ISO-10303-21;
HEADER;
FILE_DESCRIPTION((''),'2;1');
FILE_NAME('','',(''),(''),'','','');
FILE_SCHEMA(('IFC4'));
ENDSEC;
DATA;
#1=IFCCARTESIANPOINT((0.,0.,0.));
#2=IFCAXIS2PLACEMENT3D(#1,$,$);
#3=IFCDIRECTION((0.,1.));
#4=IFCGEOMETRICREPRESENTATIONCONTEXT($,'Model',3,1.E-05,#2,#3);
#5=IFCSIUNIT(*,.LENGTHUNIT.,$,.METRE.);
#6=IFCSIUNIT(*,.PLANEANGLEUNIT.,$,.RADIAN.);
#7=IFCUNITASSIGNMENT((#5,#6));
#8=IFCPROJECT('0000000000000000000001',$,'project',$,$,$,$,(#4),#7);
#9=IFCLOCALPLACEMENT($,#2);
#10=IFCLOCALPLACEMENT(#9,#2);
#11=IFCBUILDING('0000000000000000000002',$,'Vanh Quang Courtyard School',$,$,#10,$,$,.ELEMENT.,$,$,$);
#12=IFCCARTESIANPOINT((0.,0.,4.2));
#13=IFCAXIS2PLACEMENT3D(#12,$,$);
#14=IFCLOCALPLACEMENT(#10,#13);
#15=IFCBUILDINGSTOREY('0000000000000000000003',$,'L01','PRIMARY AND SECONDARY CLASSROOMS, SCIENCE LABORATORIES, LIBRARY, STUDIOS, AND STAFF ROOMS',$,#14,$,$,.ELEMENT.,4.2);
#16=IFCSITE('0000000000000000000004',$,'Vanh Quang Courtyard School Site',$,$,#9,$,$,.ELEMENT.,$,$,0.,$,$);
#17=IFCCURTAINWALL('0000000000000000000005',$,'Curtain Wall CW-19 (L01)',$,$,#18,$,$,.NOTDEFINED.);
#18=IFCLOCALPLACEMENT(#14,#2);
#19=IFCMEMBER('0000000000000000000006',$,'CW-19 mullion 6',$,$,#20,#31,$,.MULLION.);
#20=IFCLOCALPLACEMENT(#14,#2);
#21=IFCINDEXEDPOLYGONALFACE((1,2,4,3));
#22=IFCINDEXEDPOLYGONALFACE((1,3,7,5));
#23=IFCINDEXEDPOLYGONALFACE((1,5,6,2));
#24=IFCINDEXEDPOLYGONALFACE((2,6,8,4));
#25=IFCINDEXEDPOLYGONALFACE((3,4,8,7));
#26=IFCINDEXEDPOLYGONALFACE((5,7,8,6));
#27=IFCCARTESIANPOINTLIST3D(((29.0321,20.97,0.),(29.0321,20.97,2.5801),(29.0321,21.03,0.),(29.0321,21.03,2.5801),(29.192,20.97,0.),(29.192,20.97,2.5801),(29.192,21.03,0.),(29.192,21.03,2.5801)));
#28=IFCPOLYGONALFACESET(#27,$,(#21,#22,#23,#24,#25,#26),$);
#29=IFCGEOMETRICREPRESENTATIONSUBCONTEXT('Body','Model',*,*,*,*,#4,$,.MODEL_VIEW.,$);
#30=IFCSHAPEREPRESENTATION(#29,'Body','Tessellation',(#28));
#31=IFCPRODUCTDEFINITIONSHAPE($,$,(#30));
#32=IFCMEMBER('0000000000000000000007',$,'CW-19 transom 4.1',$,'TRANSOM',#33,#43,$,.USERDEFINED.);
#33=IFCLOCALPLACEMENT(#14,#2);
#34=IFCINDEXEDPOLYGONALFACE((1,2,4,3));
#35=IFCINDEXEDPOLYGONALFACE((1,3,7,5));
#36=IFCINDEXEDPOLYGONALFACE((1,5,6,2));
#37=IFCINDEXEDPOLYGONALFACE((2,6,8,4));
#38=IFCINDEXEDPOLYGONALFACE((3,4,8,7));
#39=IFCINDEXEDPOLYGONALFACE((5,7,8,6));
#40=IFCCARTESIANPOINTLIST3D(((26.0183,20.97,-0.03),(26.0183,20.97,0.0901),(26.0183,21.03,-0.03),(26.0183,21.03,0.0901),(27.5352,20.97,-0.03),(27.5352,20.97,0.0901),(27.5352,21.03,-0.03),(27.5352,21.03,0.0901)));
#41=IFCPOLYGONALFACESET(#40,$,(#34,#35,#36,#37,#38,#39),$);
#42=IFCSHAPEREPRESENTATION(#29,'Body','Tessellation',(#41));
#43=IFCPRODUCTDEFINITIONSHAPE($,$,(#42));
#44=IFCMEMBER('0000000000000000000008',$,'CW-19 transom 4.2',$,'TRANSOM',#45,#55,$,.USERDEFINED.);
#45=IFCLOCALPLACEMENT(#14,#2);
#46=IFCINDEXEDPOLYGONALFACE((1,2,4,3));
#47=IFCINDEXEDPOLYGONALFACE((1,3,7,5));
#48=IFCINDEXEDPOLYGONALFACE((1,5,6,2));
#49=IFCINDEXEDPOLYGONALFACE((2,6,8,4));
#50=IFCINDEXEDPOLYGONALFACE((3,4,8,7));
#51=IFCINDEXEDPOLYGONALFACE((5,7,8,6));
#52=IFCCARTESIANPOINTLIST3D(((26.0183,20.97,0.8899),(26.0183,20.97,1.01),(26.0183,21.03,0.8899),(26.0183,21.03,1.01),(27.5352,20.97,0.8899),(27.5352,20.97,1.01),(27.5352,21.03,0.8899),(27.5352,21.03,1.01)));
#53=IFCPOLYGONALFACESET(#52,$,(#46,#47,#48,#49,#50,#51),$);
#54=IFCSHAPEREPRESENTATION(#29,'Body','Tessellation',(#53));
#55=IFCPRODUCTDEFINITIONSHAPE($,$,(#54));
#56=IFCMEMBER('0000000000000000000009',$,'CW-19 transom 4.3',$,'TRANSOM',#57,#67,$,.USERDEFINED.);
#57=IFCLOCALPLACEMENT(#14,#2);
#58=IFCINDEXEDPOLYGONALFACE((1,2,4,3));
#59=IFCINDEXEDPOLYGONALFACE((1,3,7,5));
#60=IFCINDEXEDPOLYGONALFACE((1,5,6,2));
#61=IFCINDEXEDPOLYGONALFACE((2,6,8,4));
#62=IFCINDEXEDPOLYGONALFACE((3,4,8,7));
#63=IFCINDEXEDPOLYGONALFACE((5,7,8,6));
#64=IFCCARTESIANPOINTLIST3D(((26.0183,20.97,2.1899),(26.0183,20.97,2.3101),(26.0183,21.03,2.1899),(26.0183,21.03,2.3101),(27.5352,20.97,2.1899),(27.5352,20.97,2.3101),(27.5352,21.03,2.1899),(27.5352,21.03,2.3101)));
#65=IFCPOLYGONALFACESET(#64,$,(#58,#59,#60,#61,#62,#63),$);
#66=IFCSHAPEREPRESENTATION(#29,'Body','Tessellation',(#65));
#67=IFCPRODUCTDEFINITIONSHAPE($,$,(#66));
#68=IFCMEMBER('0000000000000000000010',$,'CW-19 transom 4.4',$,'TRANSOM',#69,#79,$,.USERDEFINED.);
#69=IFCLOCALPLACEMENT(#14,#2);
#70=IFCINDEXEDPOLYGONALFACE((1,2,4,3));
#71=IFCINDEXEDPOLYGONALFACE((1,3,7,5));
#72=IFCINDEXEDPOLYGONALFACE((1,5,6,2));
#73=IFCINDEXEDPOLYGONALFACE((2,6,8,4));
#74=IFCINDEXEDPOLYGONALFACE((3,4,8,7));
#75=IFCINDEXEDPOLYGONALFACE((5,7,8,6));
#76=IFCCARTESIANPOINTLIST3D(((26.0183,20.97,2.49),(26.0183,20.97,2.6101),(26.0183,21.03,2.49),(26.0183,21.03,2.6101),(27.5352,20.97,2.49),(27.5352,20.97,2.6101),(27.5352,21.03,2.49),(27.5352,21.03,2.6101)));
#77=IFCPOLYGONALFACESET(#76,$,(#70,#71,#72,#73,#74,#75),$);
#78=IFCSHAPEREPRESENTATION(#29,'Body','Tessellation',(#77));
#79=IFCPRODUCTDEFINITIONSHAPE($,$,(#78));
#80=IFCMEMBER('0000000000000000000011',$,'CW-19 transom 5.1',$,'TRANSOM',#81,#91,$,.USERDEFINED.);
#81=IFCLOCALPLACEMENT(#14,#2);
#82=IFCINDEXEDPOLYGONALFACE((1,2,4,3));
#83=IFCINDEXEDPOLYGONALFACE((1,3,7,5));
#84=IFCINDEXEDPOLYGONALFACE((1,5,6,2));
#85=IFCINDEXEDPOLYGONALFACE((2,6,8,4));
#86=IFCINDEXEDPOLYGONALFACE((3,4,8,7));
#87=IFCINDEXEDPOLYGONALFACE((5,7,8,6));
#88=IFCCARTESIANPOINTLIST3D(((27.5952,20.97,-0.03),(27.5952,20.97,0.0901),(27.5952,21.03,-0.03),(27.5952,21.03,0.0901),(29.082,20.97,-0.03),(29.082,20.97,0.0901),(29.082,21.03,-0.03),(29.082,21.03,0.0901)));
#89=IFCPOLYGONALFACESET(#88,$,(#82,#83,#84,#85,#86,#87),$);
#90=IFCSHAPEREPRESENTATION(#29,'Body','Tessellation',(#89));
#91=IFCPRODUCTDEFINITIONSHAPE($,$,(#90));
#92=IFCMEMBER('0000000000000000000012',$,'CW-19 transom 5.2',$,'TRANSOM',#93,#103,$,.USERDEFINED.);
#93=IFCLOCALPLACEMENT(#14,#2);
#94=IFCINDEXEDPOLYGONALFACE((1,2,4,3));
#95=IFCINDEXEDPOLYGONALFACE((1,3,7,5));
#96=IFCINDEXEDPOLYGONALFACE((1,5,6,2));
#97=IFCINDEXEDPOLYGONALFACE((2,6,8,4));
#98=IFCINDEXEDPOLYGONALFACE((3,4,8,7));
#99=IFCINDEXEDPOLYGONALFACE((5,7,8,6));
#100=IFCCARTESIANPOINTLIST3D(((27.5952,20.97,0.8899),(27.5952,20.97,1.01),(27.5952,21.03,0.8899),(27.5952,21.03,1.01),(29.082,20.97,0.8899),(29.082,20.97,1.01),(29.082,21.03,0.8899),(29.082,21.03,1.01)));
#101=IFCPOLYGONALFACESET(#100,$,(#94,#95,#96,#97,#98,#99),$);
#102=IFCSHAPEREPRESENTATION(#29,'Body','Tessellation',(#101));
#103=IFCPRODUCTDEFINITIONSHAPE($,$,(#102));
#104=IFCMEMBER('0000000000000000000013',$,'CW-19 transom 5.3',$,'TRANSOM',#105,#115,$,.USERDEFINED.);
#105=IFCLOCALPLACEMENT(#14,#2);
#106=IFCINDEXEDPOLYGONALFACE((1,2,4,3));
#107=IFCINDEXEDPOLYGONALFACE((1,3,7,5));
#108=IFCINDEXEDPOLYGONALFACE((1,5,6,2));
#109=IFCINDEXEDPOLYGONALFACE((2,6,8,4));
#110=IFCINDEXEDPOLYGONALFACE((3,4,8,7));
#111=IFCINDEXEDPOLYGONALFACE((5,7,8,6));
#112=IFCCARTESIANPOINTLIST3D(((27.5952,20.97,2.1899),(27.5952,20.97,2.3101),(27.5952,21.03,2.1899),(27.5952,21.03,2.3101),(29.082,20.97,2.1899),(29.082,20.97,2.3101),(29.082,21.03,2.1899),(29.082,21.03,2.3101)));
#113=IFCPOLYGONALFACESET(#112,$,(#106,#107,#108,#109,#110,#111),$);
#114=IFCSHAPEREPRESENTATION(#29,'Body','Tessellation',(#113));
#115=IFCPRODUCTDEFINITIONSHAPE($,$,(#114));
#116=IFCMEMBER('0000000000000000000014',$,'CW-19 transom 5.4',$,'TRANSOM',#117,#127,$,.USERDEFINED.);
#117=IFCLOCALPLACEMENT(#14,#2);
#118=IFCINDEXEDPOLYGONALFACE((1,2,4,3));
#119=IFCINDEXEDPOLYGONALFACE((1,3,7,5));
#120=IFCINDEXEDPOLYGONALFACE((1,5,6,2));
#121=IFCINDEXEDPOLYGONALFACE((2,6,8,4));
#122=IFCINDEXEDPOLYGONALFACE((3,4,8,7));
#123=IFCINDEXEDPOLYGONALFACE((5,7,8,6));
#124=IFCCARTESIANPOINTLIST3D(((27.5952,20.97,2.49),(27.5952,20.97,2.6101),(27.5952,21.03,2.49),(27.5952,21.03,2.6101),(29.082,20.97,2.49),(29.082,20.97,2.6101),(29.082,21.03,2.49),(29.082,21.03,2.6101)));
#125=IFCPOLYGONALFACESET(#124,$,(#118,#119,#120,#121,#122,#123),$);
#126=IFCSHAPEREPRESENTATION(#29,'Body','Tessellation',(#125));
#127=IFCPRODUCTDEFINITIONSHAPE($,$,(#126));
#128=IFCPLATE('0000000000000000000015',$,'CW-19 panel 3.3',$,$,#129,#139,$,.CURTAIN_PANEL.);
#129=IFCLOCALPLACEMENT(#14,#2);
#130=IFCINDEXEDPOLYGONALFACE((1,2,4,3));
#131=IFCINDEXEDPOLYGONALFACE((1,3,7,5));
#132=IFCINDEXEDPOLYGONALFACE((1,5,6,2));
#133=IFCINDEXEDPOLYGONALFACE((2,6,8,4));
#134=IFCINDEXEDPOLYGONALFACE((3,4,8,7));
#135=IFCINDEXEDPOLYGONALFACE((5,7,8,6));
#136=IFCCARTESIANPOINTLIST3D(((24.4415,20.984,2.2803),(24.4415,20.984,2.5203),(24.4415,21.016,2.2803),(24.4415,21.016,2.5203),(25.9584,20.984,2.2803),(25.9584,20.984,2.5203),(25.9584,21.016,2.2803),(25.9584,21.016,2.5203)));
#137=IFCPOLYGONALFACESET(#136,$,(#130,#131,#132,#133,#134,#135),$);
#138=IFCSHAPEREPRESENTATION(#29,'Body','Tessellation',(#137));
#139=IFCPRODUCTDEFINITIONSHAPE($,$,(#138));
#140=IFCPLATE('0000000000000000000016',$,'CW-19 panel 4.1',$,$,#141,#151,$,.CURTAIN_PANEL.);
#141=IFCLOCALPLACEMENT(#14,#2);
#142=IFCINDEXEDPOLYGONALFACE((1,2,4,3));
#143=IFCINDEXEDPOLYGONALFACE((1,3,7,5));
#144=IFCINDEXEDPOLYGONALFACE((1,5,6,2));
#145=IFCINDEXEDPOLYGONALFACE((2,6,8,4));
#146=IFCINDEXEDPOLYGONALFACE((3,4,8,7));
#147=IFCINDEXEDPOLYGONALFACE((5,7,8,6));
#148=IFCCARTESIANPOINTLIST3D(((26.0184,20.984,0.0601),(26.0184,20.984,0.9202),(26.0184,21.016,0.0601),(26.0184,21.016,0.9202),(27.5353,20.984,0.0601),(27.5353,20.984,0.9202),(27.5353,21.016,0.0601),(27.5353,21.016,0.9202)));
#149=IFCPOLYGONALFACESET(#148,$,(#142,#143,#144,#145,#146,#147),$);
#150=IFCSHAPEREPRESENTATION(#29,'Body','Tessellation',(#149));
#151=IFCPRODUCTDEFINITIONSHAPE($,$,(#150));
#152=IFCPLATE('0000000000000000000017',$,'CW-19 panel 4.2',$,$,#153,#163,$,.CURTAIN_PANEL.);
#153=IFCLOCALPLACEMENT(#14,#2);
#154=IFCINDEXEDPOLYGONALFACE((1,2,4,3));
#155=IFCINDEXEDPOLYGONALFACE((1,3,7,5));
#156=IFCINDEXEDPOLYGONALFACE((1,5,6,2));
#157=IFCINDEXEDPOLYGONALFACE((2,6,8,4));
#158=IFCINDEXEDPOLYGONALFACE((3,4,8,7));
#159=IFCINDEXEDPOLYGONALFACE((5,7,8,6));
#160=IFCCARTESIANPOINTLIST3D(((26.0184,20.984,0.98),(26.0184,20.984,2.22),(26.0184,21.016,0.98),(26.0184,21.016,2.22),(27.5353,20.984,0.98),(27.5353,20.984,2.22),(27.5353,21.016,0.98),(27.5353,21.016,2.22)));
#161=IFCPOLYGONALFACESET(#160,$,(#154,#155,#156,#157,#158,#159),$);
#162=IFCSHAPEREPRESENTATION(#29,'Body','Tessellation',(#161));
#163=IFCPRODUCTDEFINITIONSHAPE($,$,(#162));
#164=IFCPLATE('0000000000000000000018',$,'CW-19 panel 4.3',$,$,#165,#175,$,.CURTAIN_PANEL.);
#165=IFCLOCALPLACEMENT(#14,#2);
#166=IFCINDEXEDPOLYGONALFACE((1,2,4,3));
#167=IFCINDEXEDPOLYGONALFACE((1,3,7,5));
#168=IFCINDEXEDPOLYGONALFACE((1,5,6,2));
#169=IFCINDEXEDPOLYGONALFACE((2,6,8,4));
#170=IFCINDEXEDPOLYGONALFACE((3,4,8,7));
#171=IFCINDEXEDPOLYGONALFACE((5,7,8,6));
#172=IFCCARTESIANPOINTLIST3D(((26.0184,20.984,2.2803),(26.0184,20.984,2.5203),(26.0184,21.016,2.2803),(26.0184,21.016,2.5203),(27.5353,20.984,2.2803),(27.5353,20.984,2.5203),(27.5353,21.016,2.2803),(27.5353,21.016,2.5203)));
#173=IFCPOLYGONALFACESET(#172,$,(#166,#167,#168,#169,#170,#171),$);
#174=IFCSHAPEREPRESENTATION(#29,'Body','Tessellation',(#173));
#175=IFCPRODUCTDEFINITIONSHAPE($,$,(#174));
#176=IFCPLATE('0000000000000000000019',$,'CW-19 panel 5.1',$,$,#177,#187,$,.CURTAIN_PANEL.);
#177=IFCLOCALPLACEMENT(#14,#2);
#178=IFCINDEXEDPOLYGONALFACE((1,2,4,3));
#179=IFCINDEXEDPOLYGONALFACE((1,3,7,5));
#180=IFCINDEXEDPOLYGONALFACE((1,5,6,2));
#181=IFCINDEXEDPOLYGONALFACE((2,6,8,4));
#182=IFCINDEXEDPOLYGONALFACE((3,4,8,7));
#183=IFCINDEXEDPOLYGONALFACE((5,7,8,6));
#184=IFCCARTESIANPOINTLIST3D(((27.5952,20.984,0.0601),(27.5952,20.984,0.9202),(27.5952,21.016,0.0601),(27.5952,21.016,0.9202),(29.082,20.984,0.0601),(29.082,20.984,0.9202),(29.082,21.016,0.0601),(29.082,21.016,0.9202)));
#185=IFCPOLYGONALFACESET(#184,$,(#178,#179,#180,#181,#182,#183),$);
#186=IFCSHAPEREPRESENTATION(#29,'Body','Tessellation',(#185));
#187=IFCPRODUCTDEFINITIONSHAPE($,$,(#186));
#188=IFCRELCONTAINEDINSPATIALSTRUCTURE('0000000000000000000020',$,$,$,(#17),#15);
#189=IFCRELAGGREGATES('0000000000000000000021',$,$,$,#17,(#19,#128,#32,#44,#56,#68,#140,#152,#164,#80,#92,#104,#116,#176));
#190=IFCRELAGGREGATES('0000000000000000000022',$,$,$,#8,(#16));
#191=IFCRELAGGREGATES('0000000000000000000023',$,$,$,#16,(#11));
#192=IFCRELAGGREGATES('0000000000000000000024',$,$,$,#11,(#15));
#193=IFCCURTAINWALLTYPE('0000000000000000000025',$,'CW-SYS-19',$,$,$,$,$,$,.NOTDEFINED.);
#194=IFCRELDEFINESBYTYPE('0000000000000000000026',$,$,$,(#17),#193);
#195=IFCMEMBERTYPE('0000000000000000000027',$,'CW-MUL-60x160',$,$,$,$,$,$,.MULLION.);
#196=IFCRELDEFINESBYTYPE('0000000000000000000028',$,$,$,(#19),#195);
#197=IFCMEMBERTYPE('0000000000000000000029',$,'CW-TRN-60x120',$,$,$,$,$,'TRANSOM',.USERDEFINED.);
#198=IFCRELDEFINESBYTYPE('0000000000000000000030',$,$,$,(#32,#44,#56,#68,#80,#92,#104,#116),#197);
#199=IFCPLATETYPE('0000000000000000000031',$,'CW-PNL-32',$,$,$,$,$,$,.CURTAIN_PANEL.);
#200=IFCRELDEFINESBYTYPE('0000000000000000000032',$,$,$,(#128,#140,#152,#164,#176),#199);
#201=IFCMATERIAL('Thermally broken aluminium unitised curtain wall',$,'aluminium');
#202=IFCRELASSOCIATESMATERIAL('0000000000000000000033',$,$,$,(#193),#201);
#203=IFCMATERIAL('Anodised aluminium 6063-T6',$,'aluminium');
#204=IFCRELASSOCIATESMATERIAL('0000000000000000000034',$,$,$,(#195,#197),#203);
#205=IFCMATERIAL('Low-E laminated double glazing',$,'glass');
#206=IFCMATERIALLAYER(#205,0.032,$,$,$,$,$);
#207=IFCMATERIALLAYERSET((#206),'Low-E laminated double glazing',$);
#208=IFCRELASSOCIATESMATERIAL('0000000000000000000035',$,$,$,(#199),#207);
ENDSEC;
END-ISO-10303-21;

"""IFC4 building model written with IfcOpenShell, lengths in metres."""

from ifc_helpers import new_model, si_unit, direction, frame, origin, origin_2d, place, context, subcontext, project, spatial, rectangle, extrude, material, layer, layer_set, material_profile, profile_set, type_object, element, aggregate, save


model = new_model("IFC4")

# Units and contexts
model_context = context("Model", 3, precision=1e-05, world=origin(), true_north=direction((0.0, 1.0)))
body_context = subcontext(model_context, "Body", "Model", "MODEL_VIEW")
ifc_project = project(units=[si_unit("LENGTHUNIT", "METRE"), si_unit("PLANEANGLEUNIT", "RADIAN")], contexts=[model_context])

# Site, building, storey
site_placement = place(None, origin())
site = spatial("IfcSite", under=ifc_project, at=site_placement, Name="Vanh Quang Courtyard School Site", CompositionType="ELEMENT", RefElevation=0.0)
building_placement = place(site_placement, origin())
building = spatial("IfcBuilding", under=site, at=building_placement, Name="Vanh Quang Courtyard School", CompositionType="ELEMENT")
storey_placement = place(building_placement, frame((0.0, 0.0, 4.2)))
storey = spatial("IfcBuildingStorey", under=building, at=storey_placement, Name="L01", Description="PRIMARY AND SECONDARY CLASSROOMS, SCIENCE LABORATORIES, LIBRARY, STUDIOS, AND STAFF ROOMS", CompositionType="ELEMENT", Elevation=4.2)

# Curtain wall, members, plates
ifc_material_1 = material(Name="Thermally broken aluminium unitised curtain wall", Category="aluminium")
curtain_wall_type = type_object("IfcCurtainWallType", Name="CW-SYS-19", PredefinedType="NOTDEFINED", material=ifc_material_1)
curtain_wall_placement = place(storey_placement, origin())
curtain_wall = element("IfcCurtainWall", 1, at=curtain_wall_placement, inside=storey, type_object=curtain_wall_type, Name="Curtain Wall CW-19 (L01)", PredefinedType="NOTDEFINED")
ifc_material_2 = material(Name="Anodised aluminium 6063-T6", Category="aluminium")
ifc_material_profile_1 = material_profile(ifc_material_2, rectangle(XDim=0.0601, YDim=0.1599, at=origin_2d()), Name="ALU-MUL 60x160")
ifc_profile_set_1 = profile_set([ifc_material_profile_1], Name="Anodised aluminium 6063-T6")
member_type_1 = type_object("IfcMemberType", Name="CW-MUL-60x160", PredefinedType="MULLION", material=ifc_profile_set_1)
member_1_placement = place(storey_placement, frame((29.1121, 21.0, 0.0), z_axis=(0.0, 0.0, 1.0), x_axis=(0.0, 1.0, 0.0)))
member_1 = element("IfcMember", 2, at=member_1_placement, type_object=member_type_1, Name="CW-19 mullion 6", PredefinedType="MULLION", context=body_context, shape_type="SweptSolid", body=[
    extrude(rectangle(XDim=0.0601, YDim=0.1599, at=origin_2d()), origin(), (0.0, 0.0, 1.0), 2.5801),
])
ifc_material_profile_2 = material_profile(ifc_material_2, rectangle(XDim=0.0601, YDim=0.1201, at=origin_2d()), Name="ALU-TRN 60x120")
ifc_profile_set_2 = profile_set([ifc_material_profile_2], Name="Anodised aluminium 6063-T6")
member_type_2 = type_object("IfcMemberType", Name="CW-TRN-60x120", ElementType="TRANSOM", PredefinedType="USERDEFINED", material=ifc_profile_set_2)
member_2_placement = place(storey_placement, frame((26.0183, 21.0, 0.03), z_axis=(1.0, 0.0, 0.0), x_axis=(0.0, 1.0, 0.0)))
member_2 = element("IfcMember", 3, at=member_2_placement, type_object=member_type_2, Name="CW-19 transom 4.1", ObjectType="TRANSOM", PredefinedType="USERDEFINED", context=body_context, shape_type="SweptSolid", body=[
    extrude(rectangle(XDim=0.0601, YDim=0.1201, at=origin_2d()), origin(), (0.0, 0.0, 1.0), 1.5168),
])
member_3_placement = place(storey_placement, frame((26.0183, 21.0, 0.95), z_axis=(1.0, 0.0, 0.0), x_axis=(0.0, 1.0, 0.0)))
member_3 = element("IfcMember", 4, at=member_3_placement, type_object=member_type_2, Name="CW-19 transom 4.2", ObjectType="TRANSOM", PredefinedType="USERDEFINED", context=body_context, shape_type="SweptSolid", body=[
    extrude(rectangle(XDim=0.0601, YDim=0.1201, at=origin_2d()), origin(), (0.0, 0.0, 1.0), 1.5168),
])
member_4_placement = place(storey_placement, frame((26.0183, 21.0, 2.25), z_axis=(1.0, 0.0, 0.0), x_axis=(0.0, 1.0, 0.0)))
member_4 = element("IfcMember", 5, at=member_4_placement, type_object=member_type_2, Name="CW-19 transom 4.3", ObjectType="TRANSOM", PredefinedType="USERDEFINED", context=body_context, shape_type="SweptSolid", body=[
    extrude(rectangle(XDim=0.0601, YDim=0.1201, at=origin_2d()), origin(), (0.0, 0.0, 1.0), 1.5168),
])
member_5_placement = place(storey_placement, frame((26.0183, 21.0, 2.55), z_axis=(1.0, 0.0, 0.0), x_axis=(0.0, 1.0, 0.0)))
member_5 = element("IfcMember", 6, at=member_5_placement, type_object=member_type_2, Name="CW-19 transom 4.4", ObjectType="TRANSOM", PredefinedType="USERDEFINED", context=body_context, shape_type="SweptSolid", body=[
    extrude(rectangle(XDim=0.0601, YDim=0.1201, at=origin_2d()), origin(), (0.0, 0.0, 1.0), 1.5168),
])
member_6_placement = place(storey_placement, frame((27.5952, 21.0, 0.03), z_axis=(1.0, 0.0, 0.0), x_axis=(0.0, 1.0, 0.0)))
member_6 = element("IfcMember", 7, at=member_6_placement, type_object=member_type_2, Name="CW-19 transom 5.1", ObjectType="TRANSOM", PredefinedType="USERDEFINED", context=body_context, shape_type="SweptSolid", body=[
    extrude(rectangle(XDim=0.0601, YDim=0.1201, at=origin_2d()), origin(), (0.0, 0.0, 1.0), 1.4868),
])
member_7_placement = place(storey_placement, frame((27.5952, 21.0, 0.95), z_axis=(1.0, 0.0, 0.0), x_axis=(0.0, 1.0, 0.0)))
member_7 = element("IfcMember", 8, at=member_7_placement, type_object=member_type_2, Name="CW-19 transom 5.2", ObjectType="TRANSOM", PredefinedType="USERDEFINED", context=body_context, shape_type="SweptSolid", body=[
    extrude(rectangle(XDim=0.0601, YDim=0.1201, at=origin_2d()), origin(), (0.0, 0.0, 1.0), 1.4868),
])
member_8_placement = place(storey_placement, frame((27.5952, 21.0, 2.25), z_axis=(1.0, 0.0, 0.0), x_axis=(0.0, 1.0, 0.0)))
member_8 = element("IfcMember", 9, at=member_8_placement, type_object=member_type_2, Name="CW-19 transom 5.3", ObjectType="TRANSOM", PredefinedType="USERDEFINED", context=body_context, shape_type="SweptSolid", body=[
    extrude(rectangle(XDim=0.0601, YDim=0.1201, at=origin_2d()), origin(), (0.0, 0.0, 1.0), 1.4868),
])
member_9_placement = place(storey_placement, frame((27.5952, 21.0, 2.55), z_axis=(1.0, 0.0, 0.0), x_axis=(0.0, 1.0, 0.0)))
member_9 = element("IfcMember", 10, at=member_9_placement, type_object=member_type_2, Name="CW-19 transom 5.4", ObjectType="TRANSOM", PredefinedType="USERDEFINED", context=body_context, shape_type="SweptSolid", body=[
    extrude(rectangle(XDim=0.0601, YDim=0.1201, at=origin_2d()), origin(), (0.0, 0.0, 1.0), 1.4868),
])
ifc_material_3 = material(Name="Low-E laminated double glazing", Category="glass")
ifc_layer_1 = layer(ifc_material_3, 0.032)
ifc_layer_set_1 = layer_set([ifc_layer_1], Name="Low-E laminated double glazing")
plate_type = type_object("IfcPlateType", Name="CW-PNL-32", PredefinedType="CURTAIN_PANEL", material=ifc_layer_set_1)
plate_1_placement = place(storey_placement, frame((25.2, 21.0, 2.2803), z_axis=(0.0, 0.0, 1.0), x_axis=(1.0, 0.0, 0.0)))
plate_1 = element("IfcPlate", 11, at=plate_1_placement, type_object=plate_type, Name="CW-19 panel 3.3", PredefinedType="CURTAIN_PANEL", context=body_context, shape_type="SweptSolid", body=[
    extrude(rectangle(XDim=1.5168, YDim=0.032, at=origin_2d()), origin(), (0.0, 0.0, 1.0), 0.24),
])
plate_2_placement = place(storey_placement, frame((26.7769, 21.0, 0.0601), z_axis=(0.0, 0.0, 1.0), x_axis=(1.0, 0.0, 0.0)))
plate_2 = element("IfcPlate", 12, at=plate_2_placement, type_object=plate_type, Name="CW-19 panel 4.1", PredefinedType="CURTAIN_PANEL", context=body_context, shape_type="SweptSolid", body=[
    extrude(rectangle(XDim=1.5168, YDim=0.032, at=origin_2d()), origin(), (0.0, 0.0, 1.0), 0.8601),
])
plate_3_placement = place(storey_placement, frame((26.7769, 21.0, 0.98), z_axis=(0.0, 0.0, 1.0), x_axis=(1.0, 0.0, 0.0)))
plate_3 = element("IfcPlate", 13, at=plate_3_placement, type_object=plate_type, Name="CW-19 panel 4.2", PredefinedType="CURTAIN_PANEL", context=body_context, shape_type="SweptSolid", body=[
    extrude(rectangle(XDim=1.5168, YDim=0.032, at=origin_2d()), origin(), (0.0, 0.0, 1.0), 1.24),
])
plate_4_placement = place(storey_placement, frame((26.7769, 21.0, 2.2803), z_axis=(0.0, 0.0, 1.0), x_axis=(1.0, 0.0, 0.0)))
plate_4 = element("IfcPlate", 14, at=plate_4_placement, type_object=plate_type, Name="CW-19 panel 4.3", PredefinedType="CURTAIN_PANEL", context=body_context, shape_type="SweptSolid", body=[
    extrude(rectangle(XDim=1.5168, YDim=0.032, at=origin_2d()), origin(), (0.0, 0.0, 1.0), 0.24),
])
plate_5_placement = place(storey_placement, frame((28.3386, 21.0, 0.0601), z_axis=(0.0, 0.0, 1.0), x_axis=(1.0, 0.0, 0.0)))
plate_5 = element("IfcPlate", 15, at=plate_5_placement, type_object=plate_type, Name="CW-19 panel 5.1", PredefinedType="CURTAIN_PANEL", context=body_context, shape_type="SweptSolid", body=[
    extrude(rectangle(XDim=1.4868, YDim=0.032, at=origin_2d()), origin(), (0.0, 0.0, 1.0), 0.8601),
])
aggregate(curtain_wall, [member_1, plate_1, member_2, member_3, member_4, member_5, plate_2, plate_3, plate_4, member_6, member_7, member_8, member_9, plate_5])

save(model, "model.ifc")
